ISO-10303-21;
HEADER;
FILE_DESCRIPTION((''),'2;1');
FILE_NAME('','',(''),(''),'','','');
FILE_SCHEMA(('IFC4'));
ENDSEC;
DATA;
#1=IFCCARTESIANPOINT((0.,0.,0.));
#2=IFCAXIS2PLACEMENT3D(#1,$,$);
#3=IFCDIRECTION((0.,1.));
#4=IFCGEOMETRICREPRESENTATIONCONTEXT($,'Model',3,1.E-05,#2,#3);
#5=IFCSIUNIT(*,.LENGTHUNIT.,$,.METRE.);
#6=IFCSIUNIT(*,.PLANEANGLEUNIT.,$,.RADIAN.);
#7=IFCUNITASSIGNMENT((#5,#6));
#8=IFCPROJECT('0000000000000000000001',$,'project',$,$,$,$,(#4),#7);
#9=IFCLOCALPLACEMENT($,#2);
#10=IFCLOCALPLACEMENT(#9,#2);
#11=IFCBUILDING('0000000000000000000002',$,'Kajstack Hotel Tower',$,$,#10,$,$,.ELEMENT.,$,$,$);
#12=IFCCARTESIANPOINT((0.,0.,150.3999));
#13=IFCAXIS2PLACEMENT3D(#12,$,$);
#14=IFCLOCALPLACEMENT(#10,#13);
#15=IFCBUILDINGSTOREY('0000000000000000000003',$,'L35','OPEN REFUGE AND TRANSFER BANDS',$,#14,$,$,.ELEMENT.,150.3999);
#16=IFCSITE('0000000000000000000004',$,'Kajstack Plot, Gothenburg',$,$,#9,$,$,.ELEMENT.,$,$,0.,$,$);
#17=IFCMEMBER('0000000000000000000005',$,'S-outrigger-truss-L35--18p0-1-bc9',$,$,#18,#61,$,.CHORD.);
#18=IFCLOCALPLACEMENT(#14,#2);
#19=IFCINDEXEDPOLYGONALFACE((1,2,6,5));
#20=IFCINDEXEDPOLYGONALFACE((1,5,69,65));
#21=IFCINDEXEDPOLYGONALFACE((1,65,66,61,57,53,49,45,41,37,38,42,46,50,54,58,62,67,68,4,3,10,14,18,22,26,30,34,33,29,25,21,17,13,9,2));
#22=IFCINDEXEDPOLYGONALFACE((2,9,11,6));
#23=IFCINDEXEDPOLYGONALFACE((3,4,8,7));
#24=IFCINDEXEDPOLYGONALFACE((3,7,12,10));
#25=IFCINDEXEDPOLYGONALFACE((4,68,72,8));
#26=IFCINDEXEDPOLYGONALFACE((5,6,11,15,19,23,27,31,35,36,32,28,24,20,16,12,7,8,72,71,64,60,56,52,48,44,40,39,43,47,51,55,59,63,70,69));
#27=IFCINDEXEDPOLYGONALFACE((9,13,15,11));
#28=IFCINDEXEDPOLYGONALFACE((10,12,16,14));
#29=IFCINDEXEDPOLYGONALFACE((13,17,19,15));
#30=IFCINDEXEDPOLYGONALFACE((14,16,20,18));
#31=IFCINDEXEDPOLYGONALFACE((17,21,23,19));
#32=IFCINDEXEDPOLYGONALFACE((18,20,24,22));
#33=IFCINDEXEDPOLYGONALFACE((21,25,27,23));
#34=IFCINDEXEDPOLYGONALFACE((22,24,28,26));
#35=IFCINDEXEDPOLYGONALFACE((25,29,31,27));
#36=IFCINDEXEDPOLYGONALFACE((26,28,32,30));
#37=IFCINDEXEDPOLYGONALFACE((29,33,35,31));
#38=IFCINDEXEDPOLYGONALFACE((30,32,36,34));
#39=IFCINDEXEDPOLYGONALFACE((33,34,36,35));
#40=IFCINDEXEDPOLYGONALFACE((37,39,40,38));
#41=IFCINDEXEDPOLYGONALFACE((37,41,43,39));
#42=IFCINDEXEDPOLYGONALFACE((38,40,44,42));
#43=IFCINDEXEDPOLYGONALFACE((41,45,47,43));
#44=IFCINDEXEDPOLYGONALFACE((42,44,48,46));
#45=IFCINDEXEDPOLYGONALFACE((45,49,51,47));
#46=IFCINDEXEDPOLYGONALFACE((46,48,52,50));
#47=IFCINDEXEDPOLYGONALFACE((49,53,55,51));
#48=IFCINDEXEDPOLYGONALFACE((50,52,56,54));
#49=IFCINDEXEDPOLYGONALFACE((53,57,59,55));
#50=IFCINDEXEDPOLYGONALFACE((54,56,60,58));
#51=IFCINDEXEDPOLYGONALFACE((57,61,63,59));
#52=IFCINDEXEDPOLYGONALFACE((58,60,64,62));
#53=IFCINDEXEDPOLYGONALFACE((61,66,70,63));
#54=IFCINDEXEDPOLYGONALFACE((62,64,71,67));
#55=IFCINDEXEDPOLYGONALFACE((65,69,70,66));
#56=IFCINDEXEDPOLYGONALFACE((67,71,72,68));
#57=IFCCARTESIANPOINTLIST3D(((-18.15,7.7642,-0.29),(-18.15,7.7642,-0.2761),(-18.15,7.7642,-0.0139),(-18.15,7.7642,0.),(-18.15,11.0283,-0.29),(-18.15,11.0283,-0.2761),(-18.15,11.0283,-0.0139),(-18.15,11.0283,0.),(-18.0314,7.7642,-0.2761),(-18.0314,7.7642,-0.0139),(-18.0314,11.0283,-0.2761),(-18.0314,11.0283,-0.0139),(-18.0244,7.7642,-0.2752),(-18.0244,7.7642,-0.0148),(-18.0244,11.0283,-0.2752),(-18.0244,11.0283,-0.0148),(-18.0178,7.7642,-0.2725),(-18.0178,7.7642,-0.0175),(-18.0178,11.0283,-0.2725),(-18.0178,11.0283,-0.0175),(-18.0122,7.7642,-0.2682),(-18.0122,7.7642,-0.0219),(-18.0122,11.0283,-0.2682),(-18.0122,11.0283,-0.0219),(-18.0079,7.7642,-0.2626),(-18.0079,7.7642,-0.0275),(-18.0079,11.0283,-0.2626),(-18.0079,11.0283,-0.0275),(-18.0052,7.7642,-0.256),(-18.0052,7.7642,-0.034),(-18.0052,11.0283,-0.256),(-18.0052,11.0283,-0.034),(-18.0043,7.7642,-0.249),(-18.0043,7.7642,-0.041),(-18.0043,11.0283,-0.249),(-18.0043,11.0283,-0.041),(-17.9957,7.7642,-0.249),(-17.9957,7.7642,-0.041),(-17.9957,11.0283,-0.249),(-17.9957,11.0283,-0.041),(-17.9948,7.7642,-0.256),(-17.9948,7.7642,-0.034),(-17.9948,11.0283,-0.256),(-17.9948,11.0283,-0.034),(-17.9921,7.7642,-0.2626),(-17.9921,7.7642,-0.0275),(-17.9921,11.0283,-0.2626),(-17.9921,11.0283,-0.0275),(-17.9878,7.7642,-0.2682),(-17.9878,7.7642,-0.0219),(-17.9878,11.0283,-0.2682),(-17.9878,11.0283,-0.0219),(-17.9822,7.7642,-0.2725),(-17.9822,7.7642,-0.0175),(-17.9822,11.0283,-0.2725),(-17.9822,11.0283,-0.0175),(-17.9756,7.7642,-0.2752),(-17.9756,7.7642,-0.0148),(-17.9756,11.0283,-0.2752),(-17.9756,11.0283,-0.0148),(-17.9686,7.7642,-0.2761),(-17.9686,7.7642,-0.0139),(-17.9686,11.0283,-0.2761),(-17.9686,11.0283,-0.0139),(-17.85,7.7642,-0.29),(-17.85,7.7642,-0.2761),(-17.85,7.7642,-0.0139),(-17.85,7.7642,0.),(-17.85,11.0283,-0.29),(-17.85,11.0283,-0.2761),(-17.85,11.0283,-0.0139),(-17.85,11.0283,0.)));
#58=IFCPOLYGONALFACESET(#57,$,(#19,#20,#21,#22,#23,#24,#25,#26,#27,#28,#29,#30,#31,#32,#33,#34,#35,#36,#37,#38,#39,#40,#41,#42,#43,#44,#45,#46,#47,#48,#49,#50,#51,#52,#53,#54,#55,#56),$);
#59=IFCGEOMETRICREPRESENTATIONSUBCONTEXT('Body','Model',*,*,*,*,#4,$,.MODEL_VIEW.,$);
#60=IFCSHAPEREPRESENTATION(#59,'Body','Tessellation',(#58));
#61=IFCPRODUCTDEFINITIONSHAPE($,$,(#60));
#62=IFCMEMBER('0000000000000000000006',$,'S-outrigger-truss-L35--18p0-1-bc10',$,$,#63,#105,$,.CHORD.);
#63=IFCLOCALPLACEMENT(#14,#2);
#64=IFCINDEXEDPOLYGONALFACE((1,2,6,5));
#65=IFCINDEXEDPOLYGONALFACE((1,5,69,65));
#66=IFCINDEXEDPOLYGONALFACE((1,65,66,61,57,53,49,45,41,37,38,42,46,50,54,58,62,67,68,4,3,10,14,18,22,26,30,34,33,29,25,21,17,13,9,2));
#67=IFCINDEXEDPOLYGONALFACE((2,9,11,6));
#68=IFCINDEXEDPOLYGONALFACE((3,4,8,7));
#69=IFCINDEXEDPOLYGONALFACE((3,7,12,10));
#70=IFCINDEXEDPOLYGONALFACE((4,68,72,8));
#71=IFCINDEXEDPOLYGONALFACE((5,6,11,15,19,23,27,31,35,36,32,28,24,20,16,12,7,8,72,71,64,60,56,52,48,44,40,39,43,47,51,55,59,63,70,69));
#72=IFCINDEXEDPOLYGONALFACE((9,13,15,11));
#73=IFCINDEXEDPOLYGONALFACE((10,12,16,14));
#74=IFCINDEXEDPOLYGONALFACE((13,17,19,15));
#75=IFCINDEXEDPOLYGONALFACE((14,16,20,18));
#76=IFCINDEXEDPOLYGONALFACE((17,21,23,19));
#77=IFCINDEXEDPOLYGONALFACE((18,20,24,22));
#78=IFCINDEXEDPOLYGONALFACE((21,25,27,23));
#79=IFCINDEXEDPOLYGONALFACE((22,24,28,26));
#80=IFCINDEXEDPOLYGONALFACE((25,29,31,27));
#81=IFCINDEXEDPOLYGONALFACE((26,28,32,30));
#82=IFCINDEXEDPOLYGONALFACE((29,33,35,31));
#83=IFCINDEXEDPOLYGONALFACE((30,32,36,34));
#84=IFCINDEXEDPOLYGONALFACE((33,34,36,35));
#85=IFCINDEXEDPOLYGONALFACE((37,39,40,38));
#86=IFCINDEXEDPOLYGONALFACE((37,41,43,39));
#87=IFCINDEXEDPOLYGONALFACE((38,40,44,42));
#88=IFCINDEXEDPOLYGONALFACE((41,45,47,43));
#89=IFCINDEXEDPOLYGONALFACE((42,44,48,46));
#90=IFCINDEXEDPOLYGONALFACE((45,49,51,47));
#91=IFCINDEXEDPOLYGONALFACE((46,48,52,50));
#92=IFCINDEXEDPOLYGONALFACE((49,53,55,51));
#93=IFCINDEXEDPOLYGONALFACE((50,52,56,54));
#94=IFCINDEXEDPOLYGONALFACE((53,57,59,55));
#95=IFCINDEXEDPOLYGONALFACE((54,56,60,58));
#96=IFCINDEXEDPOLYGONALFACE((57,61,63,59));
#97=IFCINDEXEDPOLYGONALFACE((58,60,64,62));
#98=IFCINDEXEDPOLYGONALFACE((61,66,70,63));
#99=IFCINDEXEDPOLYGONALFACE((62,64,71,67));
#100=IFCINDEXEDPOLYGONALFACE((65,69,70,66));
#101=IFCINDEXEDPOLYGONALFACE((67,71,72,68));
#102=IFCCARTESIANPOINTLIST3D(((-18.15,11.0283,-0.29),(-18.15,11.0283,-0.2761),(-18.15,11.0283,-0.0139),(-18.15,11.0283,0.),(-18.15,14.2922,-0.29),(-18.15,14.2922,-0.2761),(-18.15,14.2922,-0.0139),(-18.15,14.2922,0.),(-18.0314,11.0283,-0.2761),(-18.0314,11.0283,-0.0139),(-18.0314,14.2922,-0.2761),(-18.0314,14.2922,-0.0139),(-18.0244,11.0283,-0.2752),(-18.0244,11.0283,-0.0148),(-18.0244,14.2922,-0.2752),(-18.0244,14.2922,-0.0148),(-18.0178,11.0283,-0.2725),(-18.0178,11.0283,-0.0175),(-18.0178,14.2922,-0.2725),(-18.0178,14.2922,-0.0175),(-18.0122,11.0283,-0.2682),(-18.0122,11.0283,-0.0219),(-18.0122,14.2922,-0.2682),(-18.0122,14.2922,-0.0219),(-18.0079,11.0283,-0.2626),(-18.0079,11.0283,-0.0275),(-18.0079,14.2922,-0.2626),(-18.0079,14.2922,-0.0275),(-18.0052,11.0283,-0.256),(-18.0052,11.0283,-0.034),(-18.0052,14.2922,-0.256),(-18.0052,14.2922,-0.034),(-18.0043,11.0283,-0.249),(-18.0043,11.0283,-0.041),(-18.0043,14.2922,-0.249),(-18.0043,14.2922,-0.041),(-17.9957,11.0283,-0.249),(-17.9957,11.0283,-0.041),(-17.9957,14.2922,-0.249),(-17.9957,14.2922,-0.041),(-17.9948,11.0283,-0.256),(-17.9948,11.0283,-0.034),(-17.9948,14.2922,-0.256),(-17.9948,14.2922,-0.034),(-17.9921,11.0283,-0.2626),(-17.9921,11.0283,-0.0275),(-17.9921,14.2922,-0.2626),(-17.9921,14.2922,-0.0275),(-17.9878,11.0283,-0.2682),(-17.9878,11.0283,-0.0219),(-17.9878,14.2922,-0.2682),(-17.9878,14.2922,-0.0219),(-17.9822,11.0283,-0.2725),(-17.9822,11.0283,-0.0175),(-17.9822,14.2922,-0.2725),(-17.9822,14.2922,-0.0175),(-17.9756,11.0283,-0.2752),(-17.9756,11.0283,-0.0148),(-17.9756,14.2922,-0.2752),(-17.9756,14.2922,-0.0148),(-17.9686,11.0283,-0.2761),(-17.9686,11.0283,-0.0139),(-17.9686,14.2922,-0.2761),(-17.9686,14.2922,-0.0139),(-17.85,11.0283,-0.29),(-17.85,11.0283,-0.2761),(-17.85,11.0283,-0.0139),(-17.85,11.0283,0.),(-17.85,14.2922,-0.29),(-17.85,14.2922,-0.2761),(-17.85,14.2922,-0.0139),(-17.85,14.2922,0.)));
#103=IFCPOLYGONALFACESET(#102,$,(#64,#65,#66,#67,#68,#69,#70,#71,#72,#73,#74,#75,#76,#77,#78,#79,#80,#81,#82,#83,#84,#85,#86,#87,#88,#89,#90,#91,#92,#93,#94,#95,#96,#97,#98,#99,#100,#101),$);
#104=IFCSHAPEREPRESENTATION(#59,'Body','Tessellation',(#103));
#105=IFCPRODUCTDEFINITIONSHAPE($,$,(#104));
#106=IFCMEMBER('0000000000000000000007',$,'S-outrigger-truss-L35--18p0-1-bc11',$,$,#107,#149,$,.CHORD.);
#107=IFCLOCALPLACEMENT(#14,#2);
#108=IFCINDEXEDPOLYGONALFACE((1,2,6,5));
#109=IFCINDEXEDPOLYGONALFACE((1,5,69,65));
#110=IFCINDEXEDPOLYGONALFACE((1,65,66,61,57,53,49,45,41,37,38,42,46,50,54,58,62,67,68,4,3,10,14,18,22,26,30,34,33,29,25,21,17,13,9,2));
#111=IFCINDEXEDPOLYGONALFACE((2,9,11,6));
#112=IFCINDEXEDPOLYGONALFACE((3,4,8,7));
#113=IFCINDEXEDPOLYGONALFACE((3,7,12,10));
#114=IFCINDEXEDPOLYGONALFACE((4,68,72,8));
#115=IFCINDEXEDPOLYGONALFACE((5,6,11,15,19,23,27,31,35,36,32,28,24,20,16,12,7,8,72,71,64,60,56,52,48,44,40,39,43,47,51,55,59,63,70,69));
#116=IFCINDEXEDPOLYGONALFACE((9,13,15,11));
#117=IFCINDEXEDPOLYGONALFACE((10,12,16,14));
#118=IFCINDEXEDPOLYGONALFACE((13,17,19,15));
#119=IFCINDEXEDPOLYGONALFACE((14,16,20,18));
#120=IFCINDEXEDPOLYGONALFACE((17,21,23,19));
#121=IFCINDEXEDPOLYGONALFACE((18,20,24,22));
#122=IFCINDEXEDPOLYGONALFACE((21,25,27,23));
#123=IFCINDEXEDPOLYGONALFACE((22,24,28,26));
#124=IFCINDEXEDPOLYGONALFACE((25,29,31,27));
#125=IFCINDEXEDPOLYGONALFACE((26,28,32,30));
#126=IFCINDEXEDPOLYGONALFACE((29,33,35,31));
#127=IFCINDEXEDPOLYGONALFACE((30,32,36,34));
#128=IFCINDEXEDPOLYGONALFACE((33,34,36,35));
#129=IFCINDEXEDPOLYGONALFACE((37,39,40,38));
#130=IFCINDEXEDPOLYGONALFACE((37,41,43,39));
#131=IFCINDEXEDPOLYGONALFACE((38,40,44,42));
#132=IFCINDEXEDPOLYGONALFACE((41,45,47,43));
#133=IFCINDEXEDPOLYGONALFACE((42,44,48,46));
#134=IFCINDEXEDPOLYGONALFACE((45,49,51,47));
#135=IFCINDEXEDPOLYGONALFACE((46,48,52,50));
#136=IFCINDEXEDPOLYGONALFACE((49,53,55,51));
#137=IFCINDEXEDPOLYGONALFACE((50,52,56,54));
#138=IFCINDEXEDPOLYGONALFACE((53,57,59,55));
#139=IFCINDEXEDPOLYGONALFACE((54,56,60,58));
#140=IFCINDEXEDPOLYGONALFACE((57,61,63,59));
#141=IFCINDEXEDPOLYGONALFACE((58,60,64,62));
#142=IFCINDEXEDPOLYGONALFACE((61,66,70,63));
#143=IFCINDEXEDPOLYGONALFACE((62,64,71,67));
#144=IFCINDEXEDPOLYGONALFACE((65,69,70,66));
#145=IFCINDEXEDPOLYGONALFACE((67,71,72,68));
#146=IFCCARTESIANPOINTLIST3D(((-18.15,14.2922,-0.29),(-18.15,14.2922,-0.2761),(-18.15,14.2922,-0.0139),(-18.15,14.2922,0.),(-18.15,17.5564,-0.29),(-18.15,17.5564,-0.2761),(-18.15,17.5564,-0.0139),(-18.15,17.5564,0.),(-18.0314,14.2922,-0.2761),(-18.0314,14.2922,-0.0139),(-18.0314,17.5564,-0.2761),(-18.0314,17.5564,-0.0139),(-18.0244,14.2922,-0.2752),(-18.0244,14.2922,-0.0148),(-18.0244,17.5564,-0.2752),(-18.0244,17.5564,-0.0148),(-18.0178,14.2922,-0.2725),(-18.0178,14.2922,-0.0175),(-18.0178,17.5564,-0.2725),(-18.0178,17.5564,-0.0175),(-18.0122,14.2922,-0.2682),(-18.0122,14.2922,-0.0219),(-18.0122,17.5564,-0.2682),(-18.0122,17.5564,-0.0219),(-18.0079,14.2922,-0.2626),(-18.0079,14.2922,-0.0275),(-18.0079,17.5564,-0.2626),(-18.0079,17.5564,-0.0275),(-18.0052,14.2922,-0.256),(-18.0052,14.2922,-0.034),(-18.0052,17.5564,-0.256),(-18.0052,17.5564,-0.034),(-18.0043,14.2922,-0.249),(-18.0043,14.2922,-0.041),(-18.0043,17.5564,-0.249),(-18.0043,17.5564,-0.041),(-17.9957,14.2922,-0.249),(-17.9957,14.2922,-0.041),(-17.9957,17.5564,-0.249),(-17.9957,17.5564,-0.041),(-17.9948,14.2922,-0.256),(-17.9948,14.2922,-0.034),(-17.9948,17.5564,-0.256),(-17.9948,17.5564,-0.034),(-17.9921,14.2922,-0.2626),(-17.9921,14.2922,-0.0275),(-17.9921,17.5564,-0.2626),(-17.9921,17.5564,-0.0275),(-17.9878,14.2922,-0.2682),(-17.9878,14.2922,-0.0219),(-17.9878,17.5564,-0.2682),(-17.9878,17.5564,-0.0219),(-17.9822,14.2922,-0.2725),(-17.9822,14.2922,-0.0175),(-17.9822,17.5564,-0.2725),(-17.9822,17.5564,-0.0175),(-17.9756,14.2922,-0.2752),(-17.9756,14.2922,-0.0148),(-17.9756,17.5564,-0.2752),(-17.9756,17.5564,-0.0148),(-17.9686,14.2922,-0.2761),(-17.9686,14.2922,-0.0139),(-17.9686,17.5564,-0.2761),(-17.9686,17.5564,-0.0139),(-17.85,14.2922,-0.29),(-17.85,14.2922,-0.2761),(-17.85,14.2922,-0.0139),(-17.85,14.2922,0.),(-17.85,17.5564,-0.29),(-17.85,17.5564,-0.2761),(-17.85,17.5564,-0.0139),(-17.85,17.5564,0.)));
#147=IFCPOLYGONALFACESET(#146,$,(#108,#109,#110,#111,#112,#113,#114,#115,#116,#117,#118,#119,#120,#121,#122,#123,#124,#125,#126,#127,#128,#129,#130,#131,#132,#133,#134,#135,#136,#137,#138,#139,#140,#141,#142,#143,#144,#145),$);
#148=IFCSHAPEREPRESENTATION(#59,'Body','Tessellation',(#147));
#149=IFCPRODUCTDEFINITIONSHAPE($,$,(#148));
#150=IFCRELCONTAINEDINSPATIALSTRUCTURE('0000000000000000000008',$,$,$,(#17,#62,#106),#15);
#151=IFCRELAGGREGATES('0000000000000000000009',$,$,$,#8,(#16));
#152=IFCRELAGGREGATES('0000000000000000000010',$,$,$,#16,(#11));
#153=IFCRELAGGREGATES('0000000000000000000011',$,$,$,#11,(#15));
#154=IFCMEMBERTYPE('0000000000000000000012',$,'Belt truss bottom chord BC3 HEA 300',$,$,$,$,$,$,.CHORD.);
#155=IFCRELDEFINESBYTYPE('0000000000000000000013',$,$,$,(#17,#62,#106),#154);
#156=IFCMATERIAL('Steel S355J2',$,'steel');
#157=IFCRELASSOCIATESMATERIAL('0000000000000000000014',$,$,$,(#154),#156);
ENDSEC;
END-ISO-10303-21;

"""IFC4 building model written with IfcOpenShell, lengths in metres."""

from ifc_helpers import new_model, si_unit, direction, frame, origin, origin_2d, place, context, subcontext, project, spatial, i_section, extrude, material, material_profile, profile_set, type_object, element, save


model = new_model("IFC4")

# Units and contexts
model_context = context("Model", 3, precision=1e-05, world=origin(), true_north=direction((0.0, 1.0)))
body_context = subcontext(model_context, "Body", "Model", "MODEL_VIEW")
ifc_project = project(units=[si_unit("LENGTHUNIT", "METRE"), si_unit("PLANEANGLEUNIT", "RADIAN")], contexts=[model_context])

# Site, building, storey
site_placement = place(None, origin())
site = spatial("IfcSite", under=ifc_project, at=site_placement, Name="Kajstack Plot, Gothenburg", CompositionType="ELEMENT", RefElevation=0.0)
building_placement = place(site_placement, origin())
building = spatial("IfcBuilding", under=site, at=building_placement, Name="Kajstack Hotel Tower", CompositionType="ELEMENT")
storey_placement = place(building_placement, frame((0.0, 0.0, 150.3999)))
storey = spatial("IfcBuildingStorey", under=building, at=storey_placement, Name="L35", Description="OPEN REFUGE AND TRANSFER BANDS", CompositionType="ELEMENT", Elevation=150.3999)

# Members
ifc_material = material(Name="Steel S355J2", Category="steel")
ifc_material_profile_1 = material_profile(ifc_material, i_section(OverallWidth=0.3, OverallDepth=0.29, WebThickness=0.0085, FlangeThickness=0.0139, FilletRadius=0.0271, at=origin_2d()), Name="HEA 300")
ifc_profile_set_1 = profile_set([ifc_material_profile_1], Name="Steel S355J2")
member_type_1 = type_object("IfcMemberType", Name="Belt truss bottom chord BC3 HEA 300", PredefinedType="CHORD", material=ifc_profile_set_1)
member_1_placement = place(storey_placement, frame((-18.0, 7.7642, -0.145), z_axis=(0.0, 1.0, 0.0), x_axis=(-1.0, 0.0, 0.0)))
element("IfcMember", 1, at=member_1_placement, inside=storey, type_object=member_type_1, Name="S-outrigger-truss-L35--18p0-1-bc9", PredefinedType="CHORD", context=body_context, shape_type="SweptSolid", body=[
    extrude(i_section(OverallWidth=0.3, OverallDepth=0.29, WebThickness=0.0085, FlangeThickness=0.0139, FilletRadius=0.0271, at=origin_2d()), origin(), (0.0, 0.0, 1.0), 3.2642),
])
member_2_placement = place(storey_placement, frame((-18.0, 11.0283, -0.145), z_axis=(0.0, 1.0, 0.0), x_axis=(-1.0, 0.0, 0.0)))
element("IfcMember", 2, at=member_2_placement, inside=storey, type_object=member_type_1, Name="S-outrigger-truss-L35--18p0-1-bc10", PredefinedType="CHORD", context=body_context, shape_type="SweptSolid", body=[
    extrude(i_section(OverallWidth=0.3, OverallDepth=0.29, WebThickness=0.0085, FlangeThickness=0.0139, FilletRadius=0.0271, at=origin_2d()), origin(), (0.0, 0.0, 1.0), 3.2639),
])
member_3_placement = place(storey_placement, frame((-18.0, 14.2922, -0.145), z_axis=(0.0, 1.0, 0.0), x_axis=(-1.0, 0.0, 0.0)))
element("IfcMember", 3, at=member_3_placement, inside=storey, type_object=member_type_1, Name="S-outrigger-truss-L35--18p0-1-bc11", PredefinedType="CHORD", context=body_context, shape_type="SweptSolid", body=[
    extrude(i_section(OverallWidth=0.3, OverallDepth=0.29, WebThickness=0.0085, FlangeThickness=0.0139, FilletRadius=0.0271, at=origin_2d()), origin(), (0.0, 0.0, 1.0), 3.2642),
])

save(model, "model.ifc")
